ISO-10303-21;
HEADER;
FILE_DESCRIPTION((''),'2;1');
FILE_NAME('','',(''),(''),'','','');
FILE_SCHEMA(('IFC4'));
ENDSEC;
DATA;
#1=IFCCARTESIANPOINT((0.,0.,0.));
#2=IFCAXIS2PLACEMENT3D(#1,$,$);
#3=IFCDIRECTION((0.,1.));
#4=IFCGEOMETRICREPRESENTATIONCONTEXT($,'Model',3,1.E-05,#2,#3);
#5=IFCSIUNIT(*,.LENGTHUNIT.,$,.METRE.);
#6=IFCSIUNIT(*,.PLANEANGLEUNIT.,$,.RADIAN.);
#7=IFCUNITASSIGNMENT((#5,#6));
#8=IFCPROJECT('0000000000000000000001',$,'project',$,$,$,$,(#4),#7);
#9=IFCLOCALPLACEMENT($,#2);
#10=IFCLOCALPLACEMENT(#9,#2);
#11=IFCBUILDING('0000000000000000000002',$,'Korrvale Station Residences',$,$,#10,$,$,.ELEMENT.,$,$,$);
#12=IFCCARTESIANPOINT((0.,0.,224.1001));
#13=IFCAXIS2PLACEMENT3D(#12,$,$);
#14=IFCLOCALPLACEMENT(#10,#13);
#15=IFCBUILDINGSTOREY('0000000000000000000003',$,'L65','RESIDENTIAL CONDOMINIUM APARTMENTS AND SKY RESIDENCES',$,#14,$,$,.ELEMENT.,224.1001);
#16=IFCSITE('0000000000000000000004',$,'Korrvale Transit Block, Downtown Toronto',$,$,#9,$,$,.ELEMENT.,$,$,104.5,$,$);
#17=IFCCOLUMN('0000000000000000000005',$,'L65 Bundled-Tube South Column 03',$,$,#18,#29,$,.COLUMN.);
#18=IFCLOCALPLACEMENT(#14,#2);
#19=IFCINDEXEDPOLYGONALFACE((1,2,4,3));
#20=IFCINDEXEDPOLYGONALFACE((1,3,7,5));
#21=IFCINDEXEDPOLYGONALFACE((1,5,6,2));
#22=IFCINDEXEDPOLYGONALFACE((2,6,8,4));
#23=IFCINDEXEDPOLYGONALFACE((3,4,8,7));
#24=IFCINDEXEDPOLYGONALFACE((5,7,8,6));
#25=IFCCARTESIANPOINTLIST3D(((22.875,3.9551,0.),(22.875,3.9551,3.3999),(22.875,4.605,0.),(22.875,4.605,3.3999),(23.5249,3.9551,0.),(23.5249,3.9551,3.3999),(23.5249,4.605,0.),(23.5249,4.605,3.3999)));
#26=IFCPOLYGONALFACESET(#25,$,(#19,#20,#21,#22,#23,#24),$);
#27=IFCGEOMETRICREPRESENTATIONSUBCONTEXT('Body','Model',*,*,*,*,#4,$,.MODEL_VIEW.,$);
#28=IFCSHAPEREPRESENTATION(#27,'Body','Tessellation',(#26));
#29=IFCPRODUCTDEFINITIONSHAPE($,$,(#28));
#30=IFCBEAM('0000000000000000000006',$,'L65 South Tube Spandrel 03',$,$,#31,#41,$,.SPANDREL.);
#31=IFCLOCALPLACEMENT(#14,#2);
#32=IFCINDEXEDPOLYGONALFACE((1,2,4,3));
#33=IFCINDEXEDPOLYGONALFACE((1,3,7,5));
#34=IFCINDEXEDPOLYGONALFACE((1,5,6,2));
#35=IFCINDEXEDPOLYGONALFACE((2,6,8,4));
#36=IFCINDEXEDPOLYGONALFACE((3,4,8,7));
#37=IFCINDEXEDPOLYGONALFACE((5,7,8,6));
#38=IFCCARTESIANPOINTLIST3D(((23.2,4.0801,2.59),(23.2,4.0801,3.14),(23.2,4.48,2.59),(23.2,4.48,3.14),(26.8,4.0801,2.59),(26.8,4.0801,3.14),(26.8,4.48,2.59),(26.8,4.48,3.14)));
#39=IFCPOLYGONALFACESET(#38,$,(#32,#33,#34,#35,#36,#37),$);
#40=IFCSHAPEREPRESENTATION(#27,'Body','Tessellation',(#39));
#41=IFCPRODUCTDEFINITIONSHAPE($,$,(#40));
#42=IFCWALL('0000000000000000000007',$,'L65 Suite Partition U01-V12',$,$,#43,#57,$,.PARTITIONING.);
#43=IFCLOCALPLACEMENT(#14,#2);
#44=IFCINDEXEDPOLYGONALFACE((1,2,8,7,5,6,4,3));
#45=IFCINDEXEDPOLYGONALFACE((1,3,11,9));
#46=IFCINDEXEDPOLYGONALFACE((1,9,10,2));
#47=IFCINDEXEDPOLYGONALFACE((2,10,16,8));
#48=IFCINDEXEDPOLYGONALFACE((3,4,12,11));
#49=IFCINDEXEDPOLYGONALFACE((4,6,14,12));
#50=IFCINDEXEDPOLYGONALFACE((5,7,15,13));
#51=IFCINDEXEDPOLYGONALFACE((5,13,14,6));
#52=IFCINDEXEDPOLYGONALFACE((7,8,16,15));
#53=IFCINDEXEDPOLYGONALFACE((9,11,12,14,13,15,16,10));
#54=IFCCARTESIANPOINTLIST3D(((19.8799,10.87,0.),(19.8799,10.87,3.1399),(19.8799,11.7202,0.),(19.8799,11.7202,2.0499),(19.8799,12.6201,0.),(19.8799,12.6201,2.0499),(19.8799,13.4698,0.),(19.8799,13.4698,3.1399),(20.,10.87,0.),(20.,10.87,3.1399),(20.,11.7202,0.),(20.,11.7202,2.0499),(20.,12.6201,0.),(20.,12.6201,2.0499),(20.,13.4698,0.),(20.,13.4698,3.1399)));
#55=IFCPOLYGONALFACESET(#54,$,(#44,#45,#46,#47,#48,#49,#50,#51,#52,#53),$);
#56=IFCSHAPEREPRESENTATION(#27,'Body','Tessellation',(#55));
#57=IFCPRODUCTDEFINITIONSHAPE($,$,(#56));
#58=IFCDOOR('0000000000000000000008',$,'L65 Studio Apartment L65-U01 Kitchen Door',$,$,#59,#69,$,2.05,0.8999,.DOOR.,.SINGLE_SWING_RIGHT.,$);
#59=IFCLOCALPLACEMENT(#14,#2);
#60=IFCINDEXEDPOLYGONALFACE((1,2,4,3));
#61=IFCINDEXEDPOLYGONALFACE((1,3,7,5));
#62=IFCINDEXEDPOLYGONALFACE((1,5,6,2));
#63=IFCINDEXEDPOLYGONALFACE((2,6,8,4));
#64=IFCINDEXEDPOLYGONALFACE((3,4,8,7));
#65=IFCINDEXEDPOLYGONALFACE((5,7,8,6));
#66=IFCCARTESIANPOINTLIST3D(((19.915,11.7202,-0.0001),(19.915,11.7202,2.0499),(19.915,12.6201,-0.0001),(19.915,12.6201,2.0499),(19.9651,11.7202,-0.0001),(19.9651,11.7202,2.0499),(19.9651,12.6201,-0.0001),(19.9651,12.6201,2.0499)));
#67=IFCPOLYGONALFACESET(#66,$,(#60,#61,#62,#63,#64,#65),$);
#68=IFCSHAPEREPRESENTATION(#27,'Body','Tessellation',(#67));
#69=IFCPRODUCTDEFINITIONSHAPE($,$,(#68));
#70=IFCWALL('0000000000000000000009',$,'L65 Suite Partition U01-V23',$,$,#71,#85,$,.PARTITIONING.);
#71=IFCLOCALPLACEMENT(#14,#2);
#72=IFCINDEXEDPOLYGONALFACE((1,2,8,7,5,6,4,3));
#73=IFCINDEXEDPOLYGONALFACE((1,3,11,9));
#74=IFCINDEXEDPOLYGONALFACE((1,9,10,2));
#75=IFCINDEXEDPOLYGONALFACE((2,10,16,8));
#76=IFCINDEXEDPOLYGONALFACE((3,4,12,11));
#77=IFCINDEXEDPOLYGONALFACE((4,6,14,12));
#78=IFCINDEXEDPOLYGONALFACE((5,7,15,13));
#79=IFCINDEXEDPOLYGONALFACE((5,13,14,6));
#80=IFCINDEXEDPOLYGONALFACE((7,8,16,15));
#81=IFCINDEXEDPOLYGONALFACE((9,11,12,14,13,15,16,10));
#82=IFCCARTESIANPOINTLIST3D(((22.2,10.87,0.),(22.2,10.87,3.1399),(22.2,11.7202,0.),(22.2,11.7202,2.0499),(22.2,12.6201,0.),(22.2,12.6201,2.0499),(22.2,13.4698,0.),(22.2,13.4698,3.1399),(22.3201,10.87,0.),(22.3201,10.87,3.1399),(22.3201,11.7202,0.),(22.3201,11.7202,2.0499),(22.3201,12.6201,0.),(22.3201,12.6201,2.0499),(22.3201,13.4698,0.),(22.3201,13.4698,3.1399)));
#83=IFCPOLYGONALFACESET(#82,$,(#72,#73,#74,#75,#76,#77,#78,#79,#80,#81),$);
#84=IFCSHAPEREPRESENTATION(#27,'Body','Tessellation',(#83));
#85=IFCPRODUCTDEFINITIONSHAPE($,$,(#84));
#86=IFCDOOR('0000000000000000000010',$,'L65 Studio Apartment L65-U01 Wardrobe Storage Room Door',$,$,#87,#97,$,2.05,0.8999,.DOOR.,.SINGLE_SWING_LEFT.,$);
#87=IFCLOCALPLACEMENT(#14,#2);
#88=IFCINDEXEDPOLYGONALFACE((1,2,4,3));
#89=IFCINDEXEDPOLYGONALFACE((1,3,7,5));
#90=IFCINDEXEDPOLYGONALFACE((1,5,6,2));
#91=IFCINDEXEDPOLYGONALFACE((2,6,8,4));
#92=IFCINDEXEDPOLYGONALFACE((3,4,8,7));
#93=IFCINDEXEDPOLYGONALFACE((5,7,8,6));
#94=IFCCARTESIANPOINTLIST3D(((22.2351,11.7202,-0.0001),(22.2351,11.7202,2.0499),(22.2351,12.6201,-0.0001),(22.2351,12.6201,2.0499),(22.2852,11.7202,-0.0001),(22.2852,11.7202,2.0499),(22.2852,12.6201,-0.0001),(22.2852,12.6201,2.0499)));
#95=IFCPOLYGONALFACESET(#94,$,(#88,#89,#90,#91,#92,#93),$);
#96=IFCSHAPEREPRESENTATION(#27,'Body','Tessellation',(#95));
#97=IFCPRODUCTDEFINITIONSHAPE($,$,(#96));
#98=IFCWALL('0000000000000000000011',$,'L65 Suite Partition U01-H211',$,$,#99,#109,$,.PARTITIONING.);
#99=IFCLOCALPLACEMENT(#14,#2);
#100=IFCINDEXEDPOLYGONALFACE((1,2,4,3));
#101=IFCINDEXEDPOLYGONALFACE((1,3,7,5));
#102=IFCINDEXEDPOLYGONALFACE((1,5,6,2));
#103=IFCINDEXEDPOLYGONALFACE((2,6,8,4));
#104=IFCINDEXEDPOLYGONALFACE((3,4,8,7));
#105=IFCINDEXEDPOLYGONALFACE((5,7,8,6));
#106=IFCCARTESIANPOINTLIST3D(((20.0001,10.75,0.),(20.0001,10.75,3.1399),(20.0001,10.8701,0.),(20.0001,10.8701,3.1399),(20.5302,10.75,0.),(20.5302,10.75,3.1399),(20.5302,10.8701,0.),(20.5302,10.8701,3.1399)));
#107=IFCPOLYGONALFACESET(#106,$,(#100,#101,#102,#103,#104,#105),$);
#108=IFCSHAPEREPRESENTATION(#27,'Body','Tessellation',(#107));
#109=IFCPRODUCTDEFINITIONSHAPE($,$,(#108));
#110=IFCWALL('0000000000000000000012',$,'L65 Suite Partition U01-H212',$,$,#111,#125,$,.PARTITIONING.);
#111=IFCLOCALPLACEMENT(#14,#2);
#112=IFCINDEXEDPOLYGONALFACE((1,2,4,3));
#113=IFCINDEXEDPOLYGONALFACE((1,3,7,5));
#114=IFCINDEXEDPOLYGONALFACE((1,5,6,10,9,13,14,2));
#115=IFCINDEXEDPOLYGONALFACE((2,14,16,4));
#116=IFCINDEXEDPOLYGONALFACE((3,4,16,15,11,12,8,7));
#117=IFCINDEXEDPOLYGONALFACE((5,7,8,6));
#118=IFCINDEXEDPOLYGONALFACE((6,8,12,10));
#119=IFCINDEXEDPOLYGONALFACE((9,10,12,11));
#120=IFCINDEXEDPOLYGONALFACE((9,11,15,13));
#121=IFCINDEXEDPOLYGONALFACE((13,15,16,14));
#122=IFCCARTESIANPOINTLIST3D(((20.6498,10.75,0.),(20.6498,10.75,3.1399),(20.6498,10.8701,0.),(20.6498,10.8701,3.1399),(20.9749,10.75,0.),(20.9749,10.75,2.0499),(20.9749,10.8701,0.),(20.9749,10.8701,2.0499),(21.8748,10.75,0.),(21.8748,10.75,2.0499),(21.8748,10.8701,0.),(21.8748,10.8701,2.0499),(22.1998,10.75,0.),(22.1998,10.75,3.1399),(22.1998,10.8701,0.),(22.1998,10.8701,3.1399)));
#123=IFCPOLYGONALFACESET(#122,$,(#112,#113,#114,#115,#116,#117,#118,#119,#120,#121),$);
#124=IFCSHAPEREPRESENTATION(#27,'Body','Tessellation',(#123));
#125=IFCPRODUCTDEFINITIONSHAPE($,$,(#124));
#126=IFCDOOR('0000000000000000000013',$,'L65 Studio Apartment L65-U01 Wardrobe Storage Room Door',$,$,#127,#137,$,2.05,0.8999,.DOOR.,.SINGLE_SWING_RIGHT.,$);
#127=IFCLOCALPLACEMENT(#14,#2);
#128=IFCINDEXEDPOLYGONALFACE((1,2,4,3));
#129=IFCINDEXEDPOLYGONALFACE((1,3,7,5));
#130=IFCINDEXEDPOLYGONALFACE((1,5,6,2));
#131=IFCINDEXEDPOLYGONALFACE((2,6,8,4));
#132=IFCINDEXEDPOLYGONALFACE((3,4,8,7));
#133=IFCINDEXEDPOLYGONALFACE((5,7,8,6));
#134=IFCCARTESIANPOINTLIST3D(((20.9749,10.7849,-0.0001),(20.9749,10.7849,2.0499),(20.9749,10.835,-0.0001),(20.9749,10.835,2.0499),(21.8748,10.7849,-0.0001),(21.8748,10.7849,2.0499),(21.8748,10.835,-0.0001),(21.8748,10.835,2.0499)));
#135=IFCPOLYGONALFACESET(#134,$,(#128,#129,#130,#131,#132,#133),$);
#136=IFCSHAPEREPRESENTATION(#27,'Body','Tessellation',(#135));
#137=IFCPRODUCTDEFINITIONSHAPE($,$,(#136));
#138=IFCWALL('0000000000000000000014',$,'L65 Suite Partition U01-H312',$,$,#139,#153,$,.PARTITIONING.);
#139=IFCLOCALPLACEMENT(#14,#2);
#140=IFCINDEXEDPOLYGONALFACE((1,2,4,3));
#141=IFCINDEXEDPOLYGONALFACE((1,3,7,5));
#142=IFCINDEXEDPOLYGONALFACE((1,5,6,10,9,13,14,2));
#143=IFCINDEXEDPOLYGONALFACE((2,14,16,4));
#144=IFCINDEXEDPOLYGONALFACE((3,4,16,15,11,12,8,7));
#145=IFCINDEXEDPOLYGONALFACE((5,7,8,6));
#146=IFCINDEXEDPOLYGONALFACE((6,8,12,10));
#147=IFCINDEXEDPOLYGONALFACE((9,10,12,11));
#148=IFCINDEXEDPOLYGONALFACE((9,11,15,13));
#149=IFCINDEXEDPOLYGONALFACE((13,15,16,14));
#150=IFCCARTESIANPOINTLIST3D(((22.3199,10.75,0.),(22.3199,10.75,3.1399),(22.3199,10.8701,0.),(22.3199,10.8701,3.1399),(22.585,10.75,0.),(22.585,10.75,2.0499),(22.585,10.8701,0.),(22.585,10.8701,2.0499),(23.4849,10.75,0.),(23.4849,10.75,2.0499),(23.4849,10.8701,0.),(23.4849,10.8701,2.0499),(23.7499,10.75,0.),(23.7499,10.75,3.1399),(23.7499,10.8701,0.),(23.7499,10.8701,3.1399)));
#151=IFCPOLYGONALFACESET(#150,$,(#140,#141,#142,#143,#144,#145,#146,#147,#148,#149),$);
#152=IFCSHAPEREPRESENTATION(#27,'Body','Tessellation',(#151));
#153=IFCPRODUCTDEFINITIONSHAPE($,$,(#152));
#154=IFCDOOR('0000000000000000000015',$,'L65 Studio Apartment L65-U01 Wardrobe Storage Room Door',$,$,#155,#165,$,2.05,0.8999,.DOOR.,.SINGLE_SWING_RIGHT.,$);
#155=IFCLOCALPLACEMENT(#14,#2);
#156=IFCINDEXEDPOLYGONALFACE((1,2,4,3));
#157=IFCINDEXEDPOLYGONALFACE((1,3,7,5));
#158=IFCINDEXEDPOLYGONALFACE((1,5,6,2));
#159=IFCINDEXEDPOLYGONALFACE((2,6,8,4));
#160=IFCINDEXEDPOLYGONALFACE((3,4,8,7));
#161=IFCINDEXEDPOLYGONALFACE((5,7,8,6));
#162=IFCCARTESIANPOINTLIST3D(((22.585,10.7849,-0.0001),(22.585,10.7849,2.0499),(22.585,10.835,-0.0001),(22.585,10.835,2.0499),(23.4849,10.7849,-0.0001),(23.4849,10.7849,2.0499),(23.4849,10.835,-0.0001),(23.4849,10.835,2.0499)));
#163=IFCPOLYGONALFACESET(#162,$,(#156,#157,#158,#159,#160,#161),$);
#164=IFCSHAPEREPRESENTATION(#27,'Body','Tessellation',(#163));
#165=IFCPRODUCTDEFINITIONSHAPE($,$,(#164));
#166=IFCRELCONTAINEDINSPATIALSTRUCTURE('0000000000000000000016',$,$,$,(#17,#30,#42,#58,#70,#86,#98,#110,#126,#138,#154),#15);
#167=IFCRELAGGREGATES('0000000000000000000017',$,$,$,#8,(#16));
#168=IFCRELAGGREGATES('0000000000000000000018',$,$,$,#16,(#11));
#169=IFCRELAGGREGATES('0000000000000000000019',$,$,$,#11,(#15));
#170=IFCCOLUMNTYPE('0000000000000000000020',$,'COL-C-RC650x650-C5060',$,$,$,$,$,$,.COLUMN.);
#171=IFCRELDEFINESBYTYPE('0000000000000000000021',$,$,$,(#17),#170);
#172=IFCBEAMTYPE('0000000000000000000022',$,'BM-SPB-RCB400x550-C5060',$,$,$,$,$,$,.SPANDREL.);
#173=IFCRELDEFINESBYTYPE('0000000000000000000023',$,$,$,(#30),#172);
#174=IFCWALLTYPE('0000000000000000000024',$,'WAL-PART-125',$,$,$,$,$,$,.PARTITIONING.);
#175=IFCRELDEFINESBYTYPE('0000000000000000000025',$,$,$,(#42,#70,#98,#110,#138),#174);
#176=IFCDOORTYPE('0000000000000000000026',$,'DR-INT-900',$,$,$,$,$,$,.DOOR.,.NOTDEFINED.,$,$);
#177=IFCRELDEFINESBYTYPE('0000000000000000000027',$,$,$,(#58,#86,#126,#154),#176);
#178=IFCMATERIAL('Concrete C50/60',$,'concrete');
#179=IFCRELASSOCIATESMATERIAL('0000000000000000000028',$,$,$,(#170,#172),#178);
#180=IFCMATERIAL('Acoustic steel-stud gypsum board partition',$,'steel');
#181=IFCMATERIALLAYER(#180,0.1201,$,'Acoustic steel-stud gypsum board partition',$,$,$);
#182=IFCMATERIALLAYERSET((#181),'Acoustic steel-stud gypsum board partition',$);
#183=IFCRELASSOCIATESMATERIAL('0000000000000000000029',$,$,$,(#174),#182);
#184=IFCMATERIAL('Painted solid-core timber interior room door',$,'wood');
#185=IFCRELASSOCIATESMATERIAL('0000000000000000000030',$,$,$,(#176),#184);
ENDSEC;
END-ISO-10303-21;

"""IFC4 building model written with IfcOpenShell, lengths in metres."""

from ifc_helpers import new_model, si_unit, direction, frame, frame_2d, origin, origin_2d, place, context, subcontext, project, spatial, rectangle, extrude, material, layer, layer_set, material_profile, profile_set, type_object, element, fill, save


model = new_model("IFC4")

# Units and contexts
model_context = context("Model", 3, precision=1e-05, world=origin(), true_north=direction((0.0, 1.0)))
body_context = subcontext(model_context, "Body", "Model", "MODEL_VIEW")
ifc_project = project(units=[si_unit("LENGTHUNIT", "METRE"), si_unit("PLANEANGLEUNIT", "RADIAN")], contexts=[model_context])

# Site, building, storey
site_placement = place(None, origin())
site = spatial("IfcSite", under=ifc_project, at=site_placement, Name="Korrvale Transit Block, Downtown Toronto", CompositionType="ELEMENT", RefElevation=104.5)
building_placement = place(site_placement, origin())
building = spatial("IfcBuilding", under=site, at=building_placement, Name="Korrvale Station Residences", CompositionType="ELEMENT")
storey_placement = place(building_placement, frame((0.0, 0.0, 224.1001)))
storey = spatial("IfcBuildingStorey", under=building, at=storey_placement, Name="L65", Description="RESIDENTIAL CONDOMINIUM APARTMENTS AND SKY RESIDENCES", CompositionType="ELEMENT", Elevation=224.1001)

# Column
ifc_material_1 = material(Name="Concrete C50/60", Category="concrete")
ifc_material_profile_1 = material_profile(ifc_material_1, rectangle(XDim=0.6499, YDim=0.6499, at=origin_2d()), Name="RC650x650")
ifc_profile_set_1 = profile_set([ifc_material_profile_1], Name="Concrete C50/60")
column_type = type_object("IfcColumnType", Name="COL-C-RC650x650-C5060", PredefinedType="COLUMN", material=ifc_profile_set_1)
column_placement = place(storey_placement, frame((23.2, 4.28, 0.0), z_axis=(0.0, 0.0, 1.0), x_axis=(1.0, 0.0, 0.0)))
element("IfcColumn", 1, at=column_placement, inside=storey, type_object=column_type, Name="L65 Bundled-Tube South Column 03", PredefinedType="COLUMN", context=body_context, shape_type="SweptSolid", body=[
    extrude(rectangle(XDim=0.6499, YDim=0.6499, at=origin_2d()), origin(), (0.0, 0.0, 1.0), 3.3999),
])

# Beam
ifc_material_profile_2 = material_profile(ifc_material_1, rectangle(XDim=0.3999, YDim=0.55, at=origin_2d()), Name="RCB400x550")
ifc_profile_set_2 = profile_set([ifc_material_profile_2], Name="Concrete C50/60")
beam_type = type_object("IfcBeamType", Name="BM-SPB-RCB400x550-C5060", PredefinedType="SPANDREL", material=ifc_profile_set_2)
beam_placement = place(storey_placement, frame((23.2, 4.28, 2.865), z_axis=(1.0, 0.0, 0.0), x_axis=(0.0, 1.0, 0.0)))
element("IfcBeam", 2, at=beam_placement, inside=storey, type_object=beam_type, Name="L65 South Tube Spandrel 03", PredefinedType="SPANDREL", context=body_context, shape_type="SweptSolid", body=[
    extrude(rectangle(XDim=0.3999, YDim=0.55, at=origin_2d()), origin(), (0.0, 0.0, 1.0), 3.6001),
])

# Walls, openings, doors
ifc_material_2 = material(Name="Acoustic steel-stud gypsum board partition", Category="steel")
ifc_layer_1 = layer(ifc_material_2, 0.1201, Name="Acoustic steel-stud gypsum board partition")
ifc_layer_set_1 = layer_set([ifc_layer_1], Name="Acoustic steel-stud gypsum board partition")
wall_type = type_object("IfcWallType", Name="WAL-PART-125", PredefinedType="PARTITIONING", material=ifc_layer_set_1)
wall_1_placement = place(storey_placement, frame((19.9399, 10.8701, 0.0), z_axis=(0.0, 0.0, 1.0), x_axis=(0.0, 1.0, 0.0)))
wall_1 = element("IfcWall", 3, at=wall_1_placement, inside=storey, type_object=wall_type, Name="L65 Suite Partition U01-V12", PredefinedType="PARTITIONING", context=body_context, shape_type="SweptSolid", body=[
    extrude(rectangle(XDim=2.5999, YDim=0.1201, at=frame_2d((1.2998, 0.0))), origin(), (0.0, 0.0, 1.0), 3.1399),
])
opening_1_placement = place(wall_1_placement, frame((0.8501, 0.0, 0.0)))
opening_1 = element("IfcOpeningElement", 4, at=opening_1_placement, cuts=wall_1, PredefinedType="OPENING", context=body_context, shape_type="SweptSolid", body=[
    extrude(rectangle(XDim=0.8999, YDim=2.05, at=frame_2d((0.45, 1.0249))), frame((0.0, 0.0701, 0.0), z_axis=(0.0, -1.0, 0.0), x_axis=(1.0, 0.0, 0.0)), (0.0, 0.0, 1.0), 0.1401),
])
ifc_material_3 = material(Name="Painted solid-core timber interior room door", Category="wood")
door_type = type_object("IfcDoorType", Name="DR-INT-900", OperationType="NOTDEFINED", PredefinedType="DOOR", material=ifc_material_3)
door_1_placement = place(opening_1_placement, origin())
door_1 = element("IfcDoor", 5, at=door_1_placement, inside=storey, type_object=door_type, Name="L65 Studio Apartment L65-U01 Kitchen Door", OperationType="SINGLE_SWING_RIGHT", OverallHeight=2.05, OverallWidth=0.8999, PredefinedType="DOOR", context=body_context, shape_type="SweptSolid", body=[
    extrude(rectangle(XDim=0.8999, YDim=2.05, at=frame_2d((0.45, 1.0249))), frame((0.0, 0.0249, 0.0), z_axis=(0.0, -1.0, 0.0), x_axis=(1.0, 0.0, 0.0)), (0.0, 0.0, 1.0), 0.05),
])
fill(opening_1, door_1)
wall_2_placement = place(storey_placement, frame((22.26, 10.8701, 0.0), z_axis=(0.0, 0.0, 1.0), x_axis=(0.0, 1.0, 0.0)))
wall_2 = element("IfcWall", 6, at=wall_2_placement, inside=storey, type_object=wall_type, Name="L65 Suite Partition U01-V23", PredefinedType="PARTITIONING", context=body_context, shape_type="SweptSolid", body=[
    extrude(rectangle(XDim=2.5999, YDim=0.1201, at=frame_2d((1.2998, 0.0))), origin(), (0.0, 0.0, 1.0), 3.1399),
])
opening_2_placement = place(wall_2_placement, frame((0.8501, 0.0, 0.0)))
opening_2 = element("IfcOpeningElement", 7, at=opening_2_placement, cuts=wall_2, PredefinedType="OPENING", context=body_context, shape_type="SweptSolid", body=[
    extrude(rectangle(XDim=0.8999, YDim=2.05, at=frame_2d((0.45, 1.0249))), frame((0.0, 0.0701, 0.0), z_axis=(0.0, -1.0, 0.0), x_axis=(1.0, 0.0, 0.0)), (0.0, 0.0, 1.0), 0.1401),
])
door_2_placement = place(opening_2_placement, origin())
door_2 = element("IfcDoor", 8, at=door_2_placement, inside=storey, type_object=door_type, Name="L65 Studio Apartment L65-U01 Wardrobe Storage Room Door", OperationType="SINGLE_SWING_LEFT", OverallHeight=2.05, OverallWidth=0.8999, PredefinedType="DOOR", context=body_context, shape_type="SweptSolid", body=[
    extrude(rectangle(XDim=0.8999, YDim=2.05, at=frame_2d((0.45, 1.0249))), frame((0.0, 0.0249, 0.0), z_axis=(0.0, -1.0, 0.0), x_axis=(1.0, 0.0, 0.0)), (0.0, 0.0, 1.0), 0.05),
])
fill(opening_2, door_2)

# Wall
wall_3_placement = place(storey_placement, frame((20.0, 10.8101, 0.0), z_axis=(0.0, 0.0, 1.0), x_axis=(1.0, 0.0, 0.0)))
element("IfcWall", 9, at=wall_3_placement, inside=storey, type_object=wall_type, Name="L65 Suite Partition U01-H211", PredefinedType="PARTITIONING", context=body_context, shape_type="SweptSolid", body=[
    extrude(rectangle(XDim=0.53, YDim=0.1201, at=frame_2d((0.2651, 0.0))), origin(), (0.0, 0.0, 1.0), 3.1399),
])

# Walls, openings, doors
wall_4_placement = place(storey_placement, frame((20.6499, 10.8101, 0.0), z_axis=(0.0, 0.0, 1.0), x_axis=(1.0, 0.0, 0.0)))
wall_4 = element("IfcWall", 10, at=wall_4_placement, inside=storey, type_object=wall_type, Name="L65 Suite Partition U01-H212", PredefinedType="PARTITIONING", context=body_context, shape_type="SweptSolid", body=[
    extrude(rectangle(XDim=1.55, YDim=0.1201, at=frame_2d((0.7749, 0.0))), origin(), (0.0, 0.0, 1.0), 3.1399),
])
opening_3_placement = place(wall_4_placement, frame((0.325, 0.0, 0.0)))
opening_3 = element("IfcOpeningElement", 11, at=opening_3_placement, cuts=wall_4, PredefinedType="OPENING", context=body_context, shape_type="SweptSolid", body=[
    extrude(rectangle(XDim=0.8999, YDim=2.05, at=frame_2d((0.45, 1.0249))), frame((0.0, 0.0701, 0.0), z_axis=(0.0, -1.0, 0.0), x_axis=(1.0, 0.0, 0.0)), (0.0, 0.0, 1.0), 0.1401),
])
door_3_placement = place(opening_3_placement, origin())
door_3 = element("IfcDoor", 12, at=door_3_placement, inside=storey, type_object=door_type, Name="L65 Studio Apartment L65-U01 Wardrobe Storage Room Door", OperationType="SINGLE_SWING_RIGHT", OverallHeight=2.05, OverallWidth=0.8999, PredefinedType="DOOR", context=body_context, shape_type="SweptSolid", body=[
    extrude(rectangle(XDim=0.8999, YDim=2.05, at=frame_2d((0.45, 1.0249))), frame((0.0, 0.0249, 0.0), z_axis=(0.0, -1.0, 0.0), x_axis=(1.0, 0.0, 0.0)), (0.0, 0.0, 1.0), 0.05),
])
fill(opening_3, door_3)
wall_5_placement = place(storey_placement, frame((22.3201, 10.8101, 0.0), z_axis=(0.0, 0.0, 1.0), x_axis=(1.0, 0.0, 0.0)))
wall_5 = element("IfcWall", 13, at=wall_5_placement, inside=storey, type_object=wall_type, Name="L65 Suite Partition U01-H312", PredefinedType="PARTITIONING", context=body_context, shape_type="SweptSolid", body=[
    extrude(rectangle(XDim=1.4299, YDim=0.1201, at=frame_2d((0.7148, 0.0))), origin(), (0.0, 0.0, 1.0), 3.1399),
])
opening_4_placement = place(wall_5_placement, frame((0.2649, 0.0, 0.0)))
opening_4 = element("IfcOpeningElement", 14, at=opening_4_placement, cuts=wall_5, PredefinedType="OPENING", context=body_context, shape_type="SweptSolid", body=[
    extrude(rectangle(XDim=0.8999, YDim=2.05, at=frame_2d((0.45, 1.0249))), frame((0.0, 0.0701, 0.0), z_axis=(0.0, -1.0, 0.0), x_axis=(1.0, 0.0, 0.0)), (0.0, 0.0, 1.0), 0.1401),
])
door_4_placement = place(opening_4_placement, origin())
door_4 = element("IfcDoor", 15, at=door_4_placement, inside=storey, type_object=door_type, Name="L65 Studio Apartment L65-U01 Wardrobe Storage Room Door", OperationType="SINGLE_SWING_RIGHT", OverallHeight=2.05, OverallWidth=0.8999, PredefinedType="DOOR", context=body_context, shape_type="SweptSolid", body=[
    extrude(rectangle(XDim=0.8999, YDim=2.05, at=frame_2d((0.45, 1.0249))), frame((0.0, 0.0249, 0.0), z_axis=(0.0, -1.0, 0.0), x_axis=(1.0, 0.0, 0.0)), (0.0, 0.0, 1.0), 0.05),
])
fill(opening_4, door_4)

save(model, "model.ifc")
